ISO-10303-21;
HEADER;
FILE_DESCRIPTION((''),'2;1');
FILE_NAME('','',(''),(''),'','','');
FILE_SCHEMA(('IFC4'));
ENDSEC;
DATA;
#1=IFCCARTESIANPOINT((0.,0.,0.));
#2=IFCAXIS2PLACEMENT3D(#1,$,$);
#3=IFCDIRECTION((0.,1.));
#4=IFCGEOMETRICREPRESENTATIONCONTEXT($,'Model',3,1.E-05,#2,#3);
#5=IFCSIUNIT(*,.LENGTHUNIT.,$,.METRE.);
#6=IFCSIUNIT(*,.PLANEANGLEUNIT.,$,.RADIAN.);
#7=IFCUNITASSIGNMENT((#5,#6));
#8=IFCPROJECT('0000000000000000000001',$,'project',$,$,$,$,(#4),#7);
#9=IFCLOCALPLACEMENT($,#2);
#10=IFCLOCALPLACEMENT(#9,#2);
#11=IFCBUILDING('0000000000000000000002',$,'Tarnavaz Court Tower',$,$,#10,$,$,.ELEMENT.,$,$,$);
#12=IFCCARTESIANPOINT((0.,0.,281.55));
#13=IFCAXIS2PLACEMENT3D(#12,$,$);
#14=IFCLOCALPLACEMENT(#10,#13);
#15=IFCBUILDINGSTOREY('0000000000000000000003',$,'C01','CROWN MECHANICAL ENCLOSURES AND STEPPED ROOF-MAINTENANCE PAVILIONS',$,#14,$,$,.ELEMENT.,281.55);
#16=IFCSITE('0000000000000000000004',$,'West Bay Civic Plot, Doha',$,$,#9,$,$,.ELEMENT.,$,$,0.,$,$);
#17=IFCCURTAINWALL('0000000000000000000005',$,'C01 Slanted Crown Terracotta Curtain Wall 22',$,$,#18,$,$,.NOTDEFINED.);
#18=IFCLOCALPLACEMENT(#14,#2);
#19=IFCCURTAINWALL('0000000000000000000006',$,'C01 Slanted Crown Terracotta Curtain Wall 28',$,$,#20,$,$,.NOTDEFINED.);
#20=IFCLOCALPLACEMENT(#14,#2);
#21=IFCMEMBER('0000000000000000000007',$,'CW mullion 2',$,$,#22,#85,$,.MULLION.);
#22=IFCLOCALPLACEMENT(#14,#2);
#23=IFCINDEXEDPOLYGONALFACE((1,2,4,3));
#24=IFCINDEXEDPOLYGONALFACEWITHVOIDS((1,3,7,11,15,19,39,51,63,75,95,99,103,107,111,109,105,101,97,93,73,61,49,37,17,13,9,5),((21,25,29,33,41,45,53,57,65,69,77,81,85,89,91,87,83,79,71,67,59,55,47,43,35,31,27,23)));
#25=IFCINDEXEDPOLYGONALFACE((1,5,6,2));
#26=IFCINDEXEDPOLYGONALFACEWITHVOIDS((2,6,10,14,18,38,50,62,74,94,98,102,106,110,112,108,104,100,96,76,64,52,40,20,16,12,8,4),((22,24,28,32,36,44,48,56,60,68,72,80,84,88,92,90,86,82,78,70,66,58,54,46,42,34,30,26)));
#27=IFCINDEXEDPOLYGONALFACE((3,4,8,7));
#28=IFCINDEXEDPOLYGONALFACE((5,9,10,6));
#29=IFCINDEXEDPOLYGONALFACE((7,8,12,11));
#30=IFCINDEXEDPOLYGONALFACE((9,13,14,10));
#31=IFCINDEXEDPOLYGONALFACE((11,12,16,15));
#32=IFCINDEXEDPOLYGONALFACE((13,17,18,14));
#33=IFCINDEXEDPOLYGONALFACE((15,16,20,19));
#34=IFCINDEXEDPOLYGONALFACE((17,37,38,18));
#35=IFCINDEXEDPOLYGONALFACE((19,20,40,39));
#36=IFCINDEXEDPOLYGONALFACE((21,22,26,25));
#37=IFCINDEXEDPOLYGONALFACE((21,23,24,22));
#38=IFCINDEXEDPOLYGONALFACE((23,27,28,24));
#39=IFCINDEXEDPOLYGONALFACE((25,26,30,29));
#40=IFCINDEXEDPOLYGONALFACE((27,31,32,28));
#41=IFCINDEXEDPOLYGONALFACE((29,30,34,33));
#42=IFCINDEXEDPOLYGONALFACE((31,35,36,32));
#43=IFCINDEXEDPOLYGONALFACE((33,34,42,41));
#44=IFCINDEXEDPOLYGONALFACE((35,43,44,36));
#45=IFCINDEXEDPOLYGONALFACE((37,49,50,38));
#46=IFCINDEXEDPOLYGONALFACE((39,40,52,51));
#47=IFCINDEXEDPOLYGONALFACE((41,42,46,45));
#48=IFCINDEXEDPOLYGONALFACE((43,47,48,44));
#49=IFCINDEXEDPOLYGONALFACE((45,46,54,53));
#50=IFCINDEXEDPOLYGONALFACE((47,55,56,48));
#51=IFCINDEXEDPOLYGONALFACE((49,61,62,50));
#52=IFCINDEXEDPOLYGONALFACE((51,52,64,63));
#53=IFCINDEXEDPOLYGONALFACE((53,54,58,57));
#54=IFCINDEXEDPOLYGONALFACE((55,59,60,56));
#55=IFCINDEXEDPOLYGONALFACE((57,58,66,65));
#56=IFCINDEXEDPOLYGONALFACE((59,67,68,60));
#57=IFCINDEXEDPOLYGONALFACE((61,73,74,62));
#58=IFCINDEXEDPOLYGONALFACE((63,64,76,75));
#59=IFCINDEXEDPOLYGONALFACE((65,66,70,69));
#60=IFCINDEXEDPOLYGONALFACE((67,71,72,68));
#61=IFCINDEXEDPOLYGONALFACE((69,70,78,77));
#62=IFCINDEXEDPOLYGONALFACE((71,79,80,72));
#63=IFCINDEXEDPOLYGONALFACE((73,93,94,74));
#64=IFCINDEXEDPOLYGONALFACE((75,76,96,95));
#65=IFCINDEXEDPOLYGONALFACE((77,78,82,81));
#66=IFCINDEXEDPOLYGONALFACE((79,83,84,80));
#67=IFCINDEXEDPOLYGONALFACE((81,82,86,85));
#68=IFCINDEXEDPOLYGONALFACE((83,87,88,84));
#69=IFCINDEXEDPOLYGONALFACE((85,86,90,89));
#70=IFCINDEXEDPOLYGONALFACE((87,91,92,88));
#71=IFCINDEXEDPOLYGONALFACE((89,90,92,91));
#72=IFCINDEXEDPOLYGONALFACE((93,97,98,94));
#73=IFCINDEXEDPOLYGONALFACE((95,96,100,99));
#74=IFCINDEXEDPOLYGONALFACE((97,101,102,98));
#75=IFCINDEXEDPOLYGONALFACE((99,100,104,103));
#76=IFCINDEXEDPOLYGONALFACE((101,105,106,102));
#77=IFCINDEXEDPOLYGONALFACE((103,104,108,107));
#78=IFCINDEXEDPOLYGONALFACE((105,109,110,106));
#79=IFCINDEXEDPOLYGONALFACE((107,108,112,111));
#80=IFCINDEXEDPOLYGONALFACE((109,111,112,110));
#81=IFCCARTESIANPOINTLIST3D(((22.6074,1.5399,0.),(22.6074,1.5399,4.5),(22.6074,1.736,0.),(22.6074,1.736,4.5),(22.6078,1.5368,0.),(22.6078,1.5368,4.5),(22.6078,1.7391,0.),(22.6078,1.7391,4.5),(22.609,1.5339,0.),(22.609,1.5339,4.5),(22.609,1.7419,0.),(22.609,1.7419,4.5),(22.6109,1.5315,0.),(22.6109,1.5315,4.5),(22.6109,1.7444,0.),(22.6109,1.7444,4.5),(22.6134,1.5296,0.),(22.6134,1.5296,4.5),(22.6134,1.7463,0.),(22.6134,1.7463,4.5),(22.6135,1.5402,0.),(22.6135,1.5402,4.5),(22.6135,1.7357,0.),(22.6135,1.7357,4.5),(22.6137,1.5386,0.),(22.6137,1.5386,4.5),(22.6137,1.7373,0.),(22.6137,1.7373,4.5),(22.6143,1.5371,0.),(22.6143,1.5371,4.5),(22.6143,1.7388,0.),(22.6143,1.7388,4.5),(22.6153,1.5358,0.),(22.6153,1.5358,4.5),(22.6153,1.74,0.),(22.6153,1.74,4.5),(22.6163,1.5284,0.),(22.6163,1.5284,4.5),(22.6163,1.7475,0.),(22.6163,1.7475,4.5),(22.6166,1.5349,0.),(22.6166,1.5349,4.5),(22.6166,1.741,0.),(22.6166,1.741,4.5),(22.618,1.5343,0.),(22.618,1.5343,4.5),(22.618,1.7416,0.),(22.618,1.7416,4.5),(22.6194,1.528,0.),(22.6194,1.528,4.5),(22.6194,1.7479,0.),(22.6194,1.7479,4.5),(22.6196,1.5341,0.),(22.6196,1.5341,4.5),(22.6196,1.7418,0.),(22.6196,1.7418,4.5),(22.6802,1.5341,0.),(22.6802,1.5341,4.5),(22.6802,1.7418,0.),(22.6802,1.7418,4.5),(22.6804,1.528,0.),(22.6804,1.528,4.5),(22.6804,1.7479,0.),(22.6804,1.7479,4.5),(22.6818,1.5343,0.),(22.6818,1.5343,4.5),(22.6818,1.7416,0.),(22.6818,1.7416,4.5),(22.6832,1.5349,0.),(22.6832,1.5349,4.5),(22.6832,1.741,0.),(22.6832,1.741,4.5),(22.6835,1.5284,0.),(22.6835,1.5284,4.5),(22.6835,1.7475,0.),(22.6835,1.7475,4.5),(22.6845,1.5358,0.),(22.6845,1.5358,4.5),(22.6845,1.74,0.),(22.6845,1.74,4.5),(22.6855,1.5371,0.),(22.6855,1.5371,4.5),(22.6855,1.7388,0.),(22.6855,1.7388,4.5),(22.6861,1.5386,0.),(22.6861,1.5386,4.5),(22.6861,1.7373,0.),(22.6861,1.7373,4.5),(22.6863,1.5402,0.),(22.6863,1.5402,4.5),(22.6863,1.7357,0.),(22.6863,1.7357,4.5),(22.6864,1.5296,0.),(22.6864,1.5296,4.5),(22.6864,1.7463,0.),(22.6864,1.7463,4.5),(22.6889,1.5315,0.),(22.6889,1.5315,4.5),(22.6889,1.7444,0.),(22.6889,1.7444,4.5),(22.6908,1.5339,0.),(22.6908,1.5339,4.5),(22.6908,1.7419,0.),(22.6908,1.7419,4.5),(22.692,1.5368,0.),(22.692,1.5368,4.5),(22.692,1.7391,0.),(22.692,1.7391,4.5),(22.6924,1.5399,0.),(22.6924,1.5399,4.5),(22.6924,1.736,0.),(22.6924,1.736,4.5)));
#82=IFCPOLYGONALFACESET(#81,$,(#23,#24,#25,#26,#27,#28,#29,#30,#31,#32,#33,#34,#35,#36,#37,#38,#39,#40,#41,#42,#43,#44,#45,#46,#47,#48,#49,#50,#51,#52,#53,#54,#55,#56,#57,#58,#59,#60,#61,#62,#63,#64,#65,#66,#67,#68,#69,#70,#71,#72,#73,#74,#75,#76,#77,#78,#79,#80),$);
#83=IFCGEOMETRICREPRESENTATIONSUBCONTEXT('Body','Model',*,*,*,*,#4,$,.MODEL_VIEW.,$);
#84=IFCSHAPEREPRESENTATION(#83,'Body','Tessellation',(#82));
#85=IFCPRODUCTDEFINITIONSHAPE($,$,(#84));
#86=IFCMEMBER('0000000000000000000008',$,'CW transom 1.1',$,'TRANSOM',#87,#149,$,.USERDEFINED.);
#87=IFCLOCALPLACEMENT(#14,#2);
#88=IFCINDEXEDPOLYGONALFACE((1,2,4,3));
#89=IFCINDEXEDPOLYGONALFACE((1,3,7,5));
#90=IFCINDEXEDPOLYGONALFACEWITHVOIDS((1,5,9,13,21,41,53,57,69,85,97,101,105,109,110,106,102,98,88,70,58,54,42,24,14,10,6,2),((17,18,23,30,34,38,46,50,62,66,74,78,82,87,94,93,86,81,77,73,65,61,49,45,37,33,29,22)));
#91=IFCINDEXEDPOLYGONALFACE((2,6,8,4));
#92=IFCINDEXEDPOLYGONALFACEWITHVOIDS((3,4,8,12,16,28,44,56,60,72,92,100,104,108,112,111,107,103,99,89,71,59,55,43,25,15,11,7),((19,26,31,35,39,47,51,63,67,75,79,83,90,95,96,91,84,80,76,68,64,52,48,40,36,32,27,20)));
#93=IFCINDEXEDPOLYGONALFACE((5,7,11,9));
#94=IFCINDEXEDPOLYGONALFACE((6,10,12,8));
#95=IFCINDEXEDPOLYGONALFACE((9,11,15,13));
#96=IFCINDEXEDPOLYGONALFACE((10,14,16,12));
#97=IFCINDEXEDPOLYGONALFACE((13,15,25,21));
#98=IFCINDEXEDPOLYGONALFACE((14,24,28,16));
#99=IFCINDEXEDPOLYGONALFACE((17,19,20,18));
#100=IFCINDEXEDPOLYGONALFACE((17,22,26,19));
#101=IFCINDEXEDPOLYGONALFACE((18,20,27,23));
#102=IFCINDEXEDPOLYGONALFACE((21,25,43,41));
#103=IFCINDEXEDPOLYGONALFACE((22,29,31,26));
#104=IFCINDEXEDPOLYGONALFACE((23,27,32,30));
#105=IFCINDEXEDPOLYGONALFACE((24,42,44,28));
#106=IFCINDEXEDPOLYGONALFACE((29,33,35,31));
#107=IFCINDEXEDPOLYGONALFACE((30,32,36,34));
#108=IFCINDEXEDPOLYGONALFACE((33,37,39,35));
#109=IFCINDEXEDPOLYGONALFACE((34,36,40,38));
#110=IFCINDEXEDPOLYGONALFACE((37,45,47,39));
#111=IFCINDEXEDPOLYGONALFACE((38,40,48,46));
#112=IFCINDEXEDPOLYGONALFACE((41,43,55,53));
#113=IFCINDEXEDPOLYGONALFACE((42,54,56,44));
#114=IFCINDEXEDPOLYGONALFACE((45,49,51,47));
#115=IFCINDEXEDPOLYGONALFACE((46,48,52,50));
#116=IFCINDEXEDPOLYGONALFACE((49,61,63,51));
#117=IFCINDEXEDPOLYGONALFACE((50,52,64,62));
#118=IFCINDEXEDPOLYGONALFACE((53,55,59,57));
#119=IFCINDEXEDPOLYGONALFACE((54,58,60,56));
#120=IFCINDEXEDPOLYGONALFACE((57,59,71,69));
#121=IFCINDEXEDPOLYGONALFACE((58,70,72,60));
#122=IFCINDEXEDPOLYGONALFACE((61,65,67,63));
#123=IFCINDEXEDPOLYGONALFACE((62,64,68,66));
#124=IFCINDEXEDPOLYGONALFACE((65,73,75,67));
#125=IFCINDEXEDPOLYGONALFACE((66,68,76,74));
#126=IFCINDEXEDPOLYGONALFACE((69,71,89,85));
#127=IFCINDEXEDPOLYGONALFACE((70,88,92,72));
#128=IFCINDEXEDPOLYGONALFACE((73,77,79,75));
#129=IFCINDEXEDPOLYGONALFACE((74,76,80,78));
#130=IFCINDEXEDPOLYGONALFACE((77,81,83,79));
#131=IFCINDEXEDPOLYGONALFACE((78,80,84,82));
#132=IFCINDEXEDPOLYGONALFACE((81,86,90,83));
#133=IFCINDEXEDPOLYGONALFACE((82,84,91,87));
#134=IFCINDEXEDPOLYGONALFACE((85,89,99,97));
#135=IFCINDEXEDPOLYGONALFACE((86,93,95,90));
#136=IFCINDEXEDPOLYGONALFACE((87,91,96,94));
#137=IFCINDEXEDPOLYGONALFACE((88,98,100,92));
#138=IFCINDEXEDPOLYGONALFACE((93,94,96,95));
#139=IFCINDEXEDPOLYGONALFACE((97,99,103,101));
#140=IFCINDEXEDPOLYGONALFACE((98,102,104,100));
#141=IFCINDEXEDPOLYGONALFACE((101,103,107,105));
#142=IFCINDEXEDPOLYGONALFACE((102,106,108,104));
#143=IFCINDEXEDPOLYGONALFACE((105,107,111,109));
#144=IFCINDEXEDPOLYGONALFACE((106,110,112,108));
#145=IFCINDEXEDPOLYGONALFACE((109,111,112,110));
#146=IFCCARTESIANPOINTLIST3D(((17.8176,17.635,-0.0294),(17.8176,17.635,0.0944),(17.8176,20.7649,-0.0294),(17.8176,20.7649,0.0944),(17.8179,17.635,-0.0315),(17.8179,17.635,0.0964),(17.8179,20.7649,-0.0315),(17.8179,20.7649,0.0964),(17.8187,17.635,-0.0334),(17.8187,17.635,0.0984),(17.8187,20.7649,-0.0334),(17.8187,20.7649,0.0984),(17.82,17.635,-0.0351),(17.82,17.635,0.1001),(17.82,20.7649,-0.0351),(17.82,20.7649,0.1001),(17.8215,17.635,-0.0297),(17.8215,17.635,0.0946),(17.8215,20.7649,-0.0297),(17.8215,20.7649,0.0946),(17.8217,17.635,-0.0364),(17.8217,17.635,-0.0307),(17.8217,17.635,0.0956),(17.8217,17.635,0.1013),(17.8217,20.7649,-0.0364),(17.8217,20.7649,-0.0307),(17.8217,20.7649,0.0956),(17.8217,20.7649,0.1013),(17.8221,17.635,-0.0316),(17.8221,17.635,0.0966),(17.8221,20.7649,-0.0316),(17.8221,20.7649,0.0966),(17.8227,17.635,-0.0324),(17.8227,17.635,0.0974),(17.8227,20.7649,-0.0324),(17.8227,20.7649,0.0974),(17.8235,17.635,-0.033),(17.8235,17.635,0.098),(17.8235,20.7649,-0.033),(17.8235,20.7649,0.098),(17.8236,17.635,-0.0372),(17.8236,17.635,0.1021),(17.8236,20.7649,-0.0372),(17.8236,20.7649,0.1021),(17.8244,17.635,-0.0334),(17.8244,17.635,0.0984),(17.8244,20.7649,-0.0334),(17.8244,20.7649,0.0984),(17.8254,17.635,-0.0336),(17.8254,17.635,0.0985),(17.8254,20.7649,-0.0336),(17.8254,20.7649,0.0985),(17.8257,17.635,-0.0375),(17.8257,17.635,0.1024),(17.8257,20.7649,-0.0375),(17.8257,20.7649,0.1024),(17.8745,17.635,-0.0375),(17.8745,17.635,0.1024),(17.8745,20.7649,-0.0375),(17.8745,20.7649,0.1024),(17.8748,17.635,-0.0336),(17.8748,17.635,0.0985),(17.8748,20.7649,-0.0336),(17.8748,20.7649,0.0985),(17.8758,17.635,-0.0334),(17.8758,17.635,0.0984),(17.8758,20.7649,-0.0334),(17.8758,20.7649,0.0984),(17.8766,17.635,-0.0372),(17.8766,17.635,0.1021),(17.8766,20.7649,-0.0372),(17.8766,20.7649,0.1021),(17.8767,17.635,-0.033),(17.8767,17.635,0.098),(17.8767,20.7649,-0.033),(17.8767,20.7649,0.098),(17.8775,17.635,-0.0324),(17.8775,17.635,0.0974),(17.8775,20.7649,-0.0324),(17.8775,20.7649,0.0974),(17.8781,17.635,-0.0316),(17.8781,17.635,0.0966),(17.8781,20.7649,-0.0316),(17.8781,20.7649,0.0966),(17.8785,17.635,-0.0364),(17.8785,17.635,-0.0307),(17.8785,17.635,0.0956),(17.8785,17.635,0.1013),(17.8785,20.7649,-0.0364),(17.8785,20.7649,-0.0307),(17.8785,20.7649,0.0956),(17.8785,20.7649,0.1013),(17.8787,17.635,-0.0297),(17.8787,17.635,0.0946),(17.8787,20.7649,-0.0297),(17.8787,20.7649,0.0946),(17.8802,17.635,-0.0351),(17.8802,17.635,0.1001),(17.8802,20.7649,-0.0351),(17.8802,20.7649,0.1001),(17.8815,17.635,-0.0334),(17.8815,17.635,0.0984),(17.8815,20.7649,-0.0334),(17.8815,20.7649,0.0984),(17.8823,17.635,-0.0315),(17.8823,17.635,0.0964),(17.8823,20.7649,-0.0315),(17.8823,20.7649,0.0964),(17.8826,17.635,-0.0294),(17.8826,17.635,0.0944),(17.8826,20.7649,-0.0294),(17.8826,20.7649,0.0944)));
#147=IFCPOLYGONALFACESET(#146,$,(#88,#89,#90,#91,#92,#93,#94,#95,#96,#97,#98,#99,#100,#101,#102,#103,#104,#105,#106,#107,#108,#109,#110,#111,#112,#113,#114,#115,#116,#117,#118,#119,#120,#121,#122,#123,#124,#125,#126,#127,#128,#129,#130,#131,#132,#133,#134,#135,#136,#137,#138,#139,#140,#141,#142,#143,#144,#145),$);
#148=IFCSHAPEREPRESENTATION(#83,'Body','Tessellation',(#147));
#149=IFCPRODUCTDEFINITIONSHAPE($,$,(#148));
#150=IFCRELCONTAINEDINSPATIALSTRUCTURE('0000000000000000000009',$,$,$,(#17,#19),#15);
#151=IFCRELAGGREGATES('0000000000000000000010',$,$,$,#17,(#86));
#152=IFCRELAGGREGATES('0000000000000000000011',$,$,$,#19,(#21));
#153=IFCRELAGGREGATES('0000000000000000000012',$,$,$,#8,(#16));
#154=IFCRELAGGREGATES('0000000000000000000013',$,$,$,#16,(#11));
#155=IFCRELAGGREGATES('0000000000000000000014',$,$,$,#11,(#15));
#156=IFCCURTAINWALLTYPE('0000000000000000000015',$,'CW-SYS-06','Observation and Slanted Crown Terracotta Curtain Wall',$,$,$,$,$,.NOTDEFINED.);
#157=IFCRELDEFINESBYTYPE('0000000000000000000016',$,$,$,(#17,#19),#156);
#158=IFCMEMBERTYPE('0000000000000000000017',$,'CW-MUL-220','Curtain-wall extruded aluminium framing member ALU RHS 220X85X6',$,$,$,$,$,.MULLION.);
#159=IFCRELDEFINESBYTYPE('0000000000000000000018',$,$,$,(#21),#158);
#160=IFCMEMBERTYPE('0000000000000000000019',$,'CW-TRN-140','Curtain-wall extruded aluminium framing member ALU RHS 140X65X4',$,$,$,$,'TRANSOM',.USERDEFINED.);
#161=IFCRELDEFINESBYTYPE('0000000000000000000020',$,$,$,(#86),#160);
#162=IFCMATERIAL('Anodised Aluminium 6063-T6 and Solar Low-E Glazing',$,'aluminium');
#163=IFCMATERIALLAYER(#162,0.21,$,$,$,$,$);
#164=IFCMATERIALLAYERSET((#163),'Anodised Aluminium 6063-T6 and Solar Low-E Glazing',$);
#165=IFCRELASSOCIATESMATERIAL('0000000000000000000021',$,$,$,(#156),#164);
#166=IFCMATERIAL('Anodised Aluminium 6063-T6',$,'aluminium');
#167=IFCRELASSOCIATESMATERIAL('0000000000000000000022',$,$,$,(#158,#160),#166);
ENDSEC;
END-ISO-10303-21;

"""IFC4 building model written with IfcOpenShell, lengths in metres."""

from ifc_helpers import new_model, si_unit, direction, frame, origin, origin_2d, place, context, subcontext, project, spatial, hollow_rectangle, extrude, material, layer, layer_set, material_profile, profile_set, type_object, element, aggregate, save


model = new_model("IFC4")

# Units and contexts
model_context = context("Model", 3, precision=1e-05, world=origin(), true_north=direction((0.0, 1.0)))
body_context = subcontext(model_context, "Body", "Model", "MODEL_VIEW")
ifc_project = project(units=[si_unit("LENGTHUNIT", "METRE"), si_unit("PLANEANGLEUNIT", "RADIAN")], contexts=[model_context])

# Site, building, storey
site_placement = place(None, origin())
site = spatial("IfcSite", under=ifc_project, at=site_placement, Name="West Bay Civic Plot, Doha", CompositionType="ELEMENT", RefElevation=0.0)
building_placement = place(site_placement, origin())
building = spatial("IfcBuilding", under=site, at=building_placement, Name="Tarnavaz Court Tower", CompositionType="ELEMENT")
storey_placement = place(building_placement, frame((0.0, 0.0, 281.55)))
storey = spatial("IfcBuildingStorey", under=building, at=storey_placement, Name="C01", Description="CROWN MECHANICAL ENCLOSURES AND STEPPED ROOF-MAINTENANCE PAVILIONS", CompositionType="ELEMENT", Elevation=281.55)

# Curtain wall
ifc_material_1 = material(Name="Anodised Aluminium 6063-T6 and Solar Low-E Glazing", Category="aluminium")
ifc_layer_1 = layer(ifc_material_1, 0.21)
ifc_layer_set_1 = layer_set([ifc_layer_1], Name="Anodised Aluminium 6063-T6 and Solar Low-E Glazing")
curtain_wall_type = type_object("IfcCurtainWallType", Name="CW-SYS-06", Description="Observation and Slanted Crown Terracotta Curtain Wall", PredefinedType="NOTDEFINED", material=ifc_layer_set_1)
curtain_wall_1_placement = place(storey_placement, origin())
curtain_wall_1 = element("IfcCurtainWall", 1, at=curtain_wall_1_placement, inside=storey, type_object=curtain_wall_type, Name="C01 Slanted Crown Terracotta Curtain Wall 22", PredefinedType="NOTDEFINED")
ifc_material_2 = material(Name="Anodised Aluminium 6063-T6", Category="aluminium")
ifc_material_profile_1 = material_profile(ifc_material_2, hollow_rectangle(XDim=0.085, YDim=0.22, WallThickness=0.0061, InnerFilletRadius=0.0061, OuterFilletRadius=0.012, at=origin_2d()), Name="ALU RHS 220X85X6")
ifc_profile_set_1 = profile_set([ifc_material_profile_1], Name="Anodised Aluminium 6063-T6")
member_type_1 = type_object("IfcMemberType", Name="CW-MUL-220", Description="Curtain-wall extruded aluminium framing member ALU RHS 220X85X6", PredefinedType="MULLION", material=ifc_profile_set_1)

# Curtain wall, member
curtain_wall_2_placement = place(storey_placement, origin())
curtain_wall_2 = element("IfcCurtainWall", 2, at=curtain_wall_2_placement, inside=storey, type_object=curtain_wall_type, Name="C01 Slanted Crown Terracotta Curtain Wall 28", PredefinedType="NOTDEFINED")
member_1_placement = place(storey_placement, frame((22.6499, 1.6379, 0.0), z_axis=(0.0, 0.0, 1.0), x_axis=(1.0, 0.0, 0.0)))
member_1 = element("IfcMember", 3, at=member_1_placement, type_object=member_type_1, Name="CW mullion 2", PredefinedType="MULLION", context=body_context, shape_type="SweptSolid", body=[
    extrude(hollow_rectangle(XDim=0.085, YDim=0.22, WallThickness=0.0061, InnerFilletRadius=0.0061, OuterFilletRadius=0.012, at=origin_2d()), origin(), (0.0, 0.0, 1.0), 4.5),
])

# Member
ifc_material_profile_2 = material_profile(ifc_material_2, hollow_rectangle(XDim=0.0649, YDim=0.1399, WallThickness=0.0039, InnerFilletRadius=0.0039, OuterFilletRadius=0.0081, at=origin_2d()), Name="ALU RHS 140X65X4")
ifc_profile_set_2 = profile_set([ifc_material_profile_2], Name="Anodised Aluminium 6063-T6")
member_type_2 = type_object("IfcMemberType", Name="CW-TRN-140", Description="Curtain-wall extruded aluminium framing member ALU RHS 140X65X4", ElementType="TRANSOM", PredefinedType="USERDEFINED", material=ifc_profile_set_2)
member_2_placement = place(storey_placement, frame((17.8501, 20.7649, 0.0325), z_axis=(0.0, -1.0, 0.0), x_axis=(1.0, 0.0, 0.0)))
member_2 = element("IfcMember", 4, at=member_2_placement, type_object=member_type_2, Name="CW transom 1.1", ObjectType="TRANSOM", PredefinedType="USERDEFINED", context=body_context, shape_type="SweptSolid", body=[
    extrude(hollow_rectangle(XDim=0.0649, YDim=0.1399, WallThickness=0.0039, InnerFilletRadius=0.0039, OuterFilletRadius=0.0081, at=origin_2d()), origin(), (0.0, 0.0, 1.0), 3.1299),
])
aggregate(curtain_wall_1, [member_2])

aggregate(curtain_wall_2, [member_1])

save(model, "model.ifc")
